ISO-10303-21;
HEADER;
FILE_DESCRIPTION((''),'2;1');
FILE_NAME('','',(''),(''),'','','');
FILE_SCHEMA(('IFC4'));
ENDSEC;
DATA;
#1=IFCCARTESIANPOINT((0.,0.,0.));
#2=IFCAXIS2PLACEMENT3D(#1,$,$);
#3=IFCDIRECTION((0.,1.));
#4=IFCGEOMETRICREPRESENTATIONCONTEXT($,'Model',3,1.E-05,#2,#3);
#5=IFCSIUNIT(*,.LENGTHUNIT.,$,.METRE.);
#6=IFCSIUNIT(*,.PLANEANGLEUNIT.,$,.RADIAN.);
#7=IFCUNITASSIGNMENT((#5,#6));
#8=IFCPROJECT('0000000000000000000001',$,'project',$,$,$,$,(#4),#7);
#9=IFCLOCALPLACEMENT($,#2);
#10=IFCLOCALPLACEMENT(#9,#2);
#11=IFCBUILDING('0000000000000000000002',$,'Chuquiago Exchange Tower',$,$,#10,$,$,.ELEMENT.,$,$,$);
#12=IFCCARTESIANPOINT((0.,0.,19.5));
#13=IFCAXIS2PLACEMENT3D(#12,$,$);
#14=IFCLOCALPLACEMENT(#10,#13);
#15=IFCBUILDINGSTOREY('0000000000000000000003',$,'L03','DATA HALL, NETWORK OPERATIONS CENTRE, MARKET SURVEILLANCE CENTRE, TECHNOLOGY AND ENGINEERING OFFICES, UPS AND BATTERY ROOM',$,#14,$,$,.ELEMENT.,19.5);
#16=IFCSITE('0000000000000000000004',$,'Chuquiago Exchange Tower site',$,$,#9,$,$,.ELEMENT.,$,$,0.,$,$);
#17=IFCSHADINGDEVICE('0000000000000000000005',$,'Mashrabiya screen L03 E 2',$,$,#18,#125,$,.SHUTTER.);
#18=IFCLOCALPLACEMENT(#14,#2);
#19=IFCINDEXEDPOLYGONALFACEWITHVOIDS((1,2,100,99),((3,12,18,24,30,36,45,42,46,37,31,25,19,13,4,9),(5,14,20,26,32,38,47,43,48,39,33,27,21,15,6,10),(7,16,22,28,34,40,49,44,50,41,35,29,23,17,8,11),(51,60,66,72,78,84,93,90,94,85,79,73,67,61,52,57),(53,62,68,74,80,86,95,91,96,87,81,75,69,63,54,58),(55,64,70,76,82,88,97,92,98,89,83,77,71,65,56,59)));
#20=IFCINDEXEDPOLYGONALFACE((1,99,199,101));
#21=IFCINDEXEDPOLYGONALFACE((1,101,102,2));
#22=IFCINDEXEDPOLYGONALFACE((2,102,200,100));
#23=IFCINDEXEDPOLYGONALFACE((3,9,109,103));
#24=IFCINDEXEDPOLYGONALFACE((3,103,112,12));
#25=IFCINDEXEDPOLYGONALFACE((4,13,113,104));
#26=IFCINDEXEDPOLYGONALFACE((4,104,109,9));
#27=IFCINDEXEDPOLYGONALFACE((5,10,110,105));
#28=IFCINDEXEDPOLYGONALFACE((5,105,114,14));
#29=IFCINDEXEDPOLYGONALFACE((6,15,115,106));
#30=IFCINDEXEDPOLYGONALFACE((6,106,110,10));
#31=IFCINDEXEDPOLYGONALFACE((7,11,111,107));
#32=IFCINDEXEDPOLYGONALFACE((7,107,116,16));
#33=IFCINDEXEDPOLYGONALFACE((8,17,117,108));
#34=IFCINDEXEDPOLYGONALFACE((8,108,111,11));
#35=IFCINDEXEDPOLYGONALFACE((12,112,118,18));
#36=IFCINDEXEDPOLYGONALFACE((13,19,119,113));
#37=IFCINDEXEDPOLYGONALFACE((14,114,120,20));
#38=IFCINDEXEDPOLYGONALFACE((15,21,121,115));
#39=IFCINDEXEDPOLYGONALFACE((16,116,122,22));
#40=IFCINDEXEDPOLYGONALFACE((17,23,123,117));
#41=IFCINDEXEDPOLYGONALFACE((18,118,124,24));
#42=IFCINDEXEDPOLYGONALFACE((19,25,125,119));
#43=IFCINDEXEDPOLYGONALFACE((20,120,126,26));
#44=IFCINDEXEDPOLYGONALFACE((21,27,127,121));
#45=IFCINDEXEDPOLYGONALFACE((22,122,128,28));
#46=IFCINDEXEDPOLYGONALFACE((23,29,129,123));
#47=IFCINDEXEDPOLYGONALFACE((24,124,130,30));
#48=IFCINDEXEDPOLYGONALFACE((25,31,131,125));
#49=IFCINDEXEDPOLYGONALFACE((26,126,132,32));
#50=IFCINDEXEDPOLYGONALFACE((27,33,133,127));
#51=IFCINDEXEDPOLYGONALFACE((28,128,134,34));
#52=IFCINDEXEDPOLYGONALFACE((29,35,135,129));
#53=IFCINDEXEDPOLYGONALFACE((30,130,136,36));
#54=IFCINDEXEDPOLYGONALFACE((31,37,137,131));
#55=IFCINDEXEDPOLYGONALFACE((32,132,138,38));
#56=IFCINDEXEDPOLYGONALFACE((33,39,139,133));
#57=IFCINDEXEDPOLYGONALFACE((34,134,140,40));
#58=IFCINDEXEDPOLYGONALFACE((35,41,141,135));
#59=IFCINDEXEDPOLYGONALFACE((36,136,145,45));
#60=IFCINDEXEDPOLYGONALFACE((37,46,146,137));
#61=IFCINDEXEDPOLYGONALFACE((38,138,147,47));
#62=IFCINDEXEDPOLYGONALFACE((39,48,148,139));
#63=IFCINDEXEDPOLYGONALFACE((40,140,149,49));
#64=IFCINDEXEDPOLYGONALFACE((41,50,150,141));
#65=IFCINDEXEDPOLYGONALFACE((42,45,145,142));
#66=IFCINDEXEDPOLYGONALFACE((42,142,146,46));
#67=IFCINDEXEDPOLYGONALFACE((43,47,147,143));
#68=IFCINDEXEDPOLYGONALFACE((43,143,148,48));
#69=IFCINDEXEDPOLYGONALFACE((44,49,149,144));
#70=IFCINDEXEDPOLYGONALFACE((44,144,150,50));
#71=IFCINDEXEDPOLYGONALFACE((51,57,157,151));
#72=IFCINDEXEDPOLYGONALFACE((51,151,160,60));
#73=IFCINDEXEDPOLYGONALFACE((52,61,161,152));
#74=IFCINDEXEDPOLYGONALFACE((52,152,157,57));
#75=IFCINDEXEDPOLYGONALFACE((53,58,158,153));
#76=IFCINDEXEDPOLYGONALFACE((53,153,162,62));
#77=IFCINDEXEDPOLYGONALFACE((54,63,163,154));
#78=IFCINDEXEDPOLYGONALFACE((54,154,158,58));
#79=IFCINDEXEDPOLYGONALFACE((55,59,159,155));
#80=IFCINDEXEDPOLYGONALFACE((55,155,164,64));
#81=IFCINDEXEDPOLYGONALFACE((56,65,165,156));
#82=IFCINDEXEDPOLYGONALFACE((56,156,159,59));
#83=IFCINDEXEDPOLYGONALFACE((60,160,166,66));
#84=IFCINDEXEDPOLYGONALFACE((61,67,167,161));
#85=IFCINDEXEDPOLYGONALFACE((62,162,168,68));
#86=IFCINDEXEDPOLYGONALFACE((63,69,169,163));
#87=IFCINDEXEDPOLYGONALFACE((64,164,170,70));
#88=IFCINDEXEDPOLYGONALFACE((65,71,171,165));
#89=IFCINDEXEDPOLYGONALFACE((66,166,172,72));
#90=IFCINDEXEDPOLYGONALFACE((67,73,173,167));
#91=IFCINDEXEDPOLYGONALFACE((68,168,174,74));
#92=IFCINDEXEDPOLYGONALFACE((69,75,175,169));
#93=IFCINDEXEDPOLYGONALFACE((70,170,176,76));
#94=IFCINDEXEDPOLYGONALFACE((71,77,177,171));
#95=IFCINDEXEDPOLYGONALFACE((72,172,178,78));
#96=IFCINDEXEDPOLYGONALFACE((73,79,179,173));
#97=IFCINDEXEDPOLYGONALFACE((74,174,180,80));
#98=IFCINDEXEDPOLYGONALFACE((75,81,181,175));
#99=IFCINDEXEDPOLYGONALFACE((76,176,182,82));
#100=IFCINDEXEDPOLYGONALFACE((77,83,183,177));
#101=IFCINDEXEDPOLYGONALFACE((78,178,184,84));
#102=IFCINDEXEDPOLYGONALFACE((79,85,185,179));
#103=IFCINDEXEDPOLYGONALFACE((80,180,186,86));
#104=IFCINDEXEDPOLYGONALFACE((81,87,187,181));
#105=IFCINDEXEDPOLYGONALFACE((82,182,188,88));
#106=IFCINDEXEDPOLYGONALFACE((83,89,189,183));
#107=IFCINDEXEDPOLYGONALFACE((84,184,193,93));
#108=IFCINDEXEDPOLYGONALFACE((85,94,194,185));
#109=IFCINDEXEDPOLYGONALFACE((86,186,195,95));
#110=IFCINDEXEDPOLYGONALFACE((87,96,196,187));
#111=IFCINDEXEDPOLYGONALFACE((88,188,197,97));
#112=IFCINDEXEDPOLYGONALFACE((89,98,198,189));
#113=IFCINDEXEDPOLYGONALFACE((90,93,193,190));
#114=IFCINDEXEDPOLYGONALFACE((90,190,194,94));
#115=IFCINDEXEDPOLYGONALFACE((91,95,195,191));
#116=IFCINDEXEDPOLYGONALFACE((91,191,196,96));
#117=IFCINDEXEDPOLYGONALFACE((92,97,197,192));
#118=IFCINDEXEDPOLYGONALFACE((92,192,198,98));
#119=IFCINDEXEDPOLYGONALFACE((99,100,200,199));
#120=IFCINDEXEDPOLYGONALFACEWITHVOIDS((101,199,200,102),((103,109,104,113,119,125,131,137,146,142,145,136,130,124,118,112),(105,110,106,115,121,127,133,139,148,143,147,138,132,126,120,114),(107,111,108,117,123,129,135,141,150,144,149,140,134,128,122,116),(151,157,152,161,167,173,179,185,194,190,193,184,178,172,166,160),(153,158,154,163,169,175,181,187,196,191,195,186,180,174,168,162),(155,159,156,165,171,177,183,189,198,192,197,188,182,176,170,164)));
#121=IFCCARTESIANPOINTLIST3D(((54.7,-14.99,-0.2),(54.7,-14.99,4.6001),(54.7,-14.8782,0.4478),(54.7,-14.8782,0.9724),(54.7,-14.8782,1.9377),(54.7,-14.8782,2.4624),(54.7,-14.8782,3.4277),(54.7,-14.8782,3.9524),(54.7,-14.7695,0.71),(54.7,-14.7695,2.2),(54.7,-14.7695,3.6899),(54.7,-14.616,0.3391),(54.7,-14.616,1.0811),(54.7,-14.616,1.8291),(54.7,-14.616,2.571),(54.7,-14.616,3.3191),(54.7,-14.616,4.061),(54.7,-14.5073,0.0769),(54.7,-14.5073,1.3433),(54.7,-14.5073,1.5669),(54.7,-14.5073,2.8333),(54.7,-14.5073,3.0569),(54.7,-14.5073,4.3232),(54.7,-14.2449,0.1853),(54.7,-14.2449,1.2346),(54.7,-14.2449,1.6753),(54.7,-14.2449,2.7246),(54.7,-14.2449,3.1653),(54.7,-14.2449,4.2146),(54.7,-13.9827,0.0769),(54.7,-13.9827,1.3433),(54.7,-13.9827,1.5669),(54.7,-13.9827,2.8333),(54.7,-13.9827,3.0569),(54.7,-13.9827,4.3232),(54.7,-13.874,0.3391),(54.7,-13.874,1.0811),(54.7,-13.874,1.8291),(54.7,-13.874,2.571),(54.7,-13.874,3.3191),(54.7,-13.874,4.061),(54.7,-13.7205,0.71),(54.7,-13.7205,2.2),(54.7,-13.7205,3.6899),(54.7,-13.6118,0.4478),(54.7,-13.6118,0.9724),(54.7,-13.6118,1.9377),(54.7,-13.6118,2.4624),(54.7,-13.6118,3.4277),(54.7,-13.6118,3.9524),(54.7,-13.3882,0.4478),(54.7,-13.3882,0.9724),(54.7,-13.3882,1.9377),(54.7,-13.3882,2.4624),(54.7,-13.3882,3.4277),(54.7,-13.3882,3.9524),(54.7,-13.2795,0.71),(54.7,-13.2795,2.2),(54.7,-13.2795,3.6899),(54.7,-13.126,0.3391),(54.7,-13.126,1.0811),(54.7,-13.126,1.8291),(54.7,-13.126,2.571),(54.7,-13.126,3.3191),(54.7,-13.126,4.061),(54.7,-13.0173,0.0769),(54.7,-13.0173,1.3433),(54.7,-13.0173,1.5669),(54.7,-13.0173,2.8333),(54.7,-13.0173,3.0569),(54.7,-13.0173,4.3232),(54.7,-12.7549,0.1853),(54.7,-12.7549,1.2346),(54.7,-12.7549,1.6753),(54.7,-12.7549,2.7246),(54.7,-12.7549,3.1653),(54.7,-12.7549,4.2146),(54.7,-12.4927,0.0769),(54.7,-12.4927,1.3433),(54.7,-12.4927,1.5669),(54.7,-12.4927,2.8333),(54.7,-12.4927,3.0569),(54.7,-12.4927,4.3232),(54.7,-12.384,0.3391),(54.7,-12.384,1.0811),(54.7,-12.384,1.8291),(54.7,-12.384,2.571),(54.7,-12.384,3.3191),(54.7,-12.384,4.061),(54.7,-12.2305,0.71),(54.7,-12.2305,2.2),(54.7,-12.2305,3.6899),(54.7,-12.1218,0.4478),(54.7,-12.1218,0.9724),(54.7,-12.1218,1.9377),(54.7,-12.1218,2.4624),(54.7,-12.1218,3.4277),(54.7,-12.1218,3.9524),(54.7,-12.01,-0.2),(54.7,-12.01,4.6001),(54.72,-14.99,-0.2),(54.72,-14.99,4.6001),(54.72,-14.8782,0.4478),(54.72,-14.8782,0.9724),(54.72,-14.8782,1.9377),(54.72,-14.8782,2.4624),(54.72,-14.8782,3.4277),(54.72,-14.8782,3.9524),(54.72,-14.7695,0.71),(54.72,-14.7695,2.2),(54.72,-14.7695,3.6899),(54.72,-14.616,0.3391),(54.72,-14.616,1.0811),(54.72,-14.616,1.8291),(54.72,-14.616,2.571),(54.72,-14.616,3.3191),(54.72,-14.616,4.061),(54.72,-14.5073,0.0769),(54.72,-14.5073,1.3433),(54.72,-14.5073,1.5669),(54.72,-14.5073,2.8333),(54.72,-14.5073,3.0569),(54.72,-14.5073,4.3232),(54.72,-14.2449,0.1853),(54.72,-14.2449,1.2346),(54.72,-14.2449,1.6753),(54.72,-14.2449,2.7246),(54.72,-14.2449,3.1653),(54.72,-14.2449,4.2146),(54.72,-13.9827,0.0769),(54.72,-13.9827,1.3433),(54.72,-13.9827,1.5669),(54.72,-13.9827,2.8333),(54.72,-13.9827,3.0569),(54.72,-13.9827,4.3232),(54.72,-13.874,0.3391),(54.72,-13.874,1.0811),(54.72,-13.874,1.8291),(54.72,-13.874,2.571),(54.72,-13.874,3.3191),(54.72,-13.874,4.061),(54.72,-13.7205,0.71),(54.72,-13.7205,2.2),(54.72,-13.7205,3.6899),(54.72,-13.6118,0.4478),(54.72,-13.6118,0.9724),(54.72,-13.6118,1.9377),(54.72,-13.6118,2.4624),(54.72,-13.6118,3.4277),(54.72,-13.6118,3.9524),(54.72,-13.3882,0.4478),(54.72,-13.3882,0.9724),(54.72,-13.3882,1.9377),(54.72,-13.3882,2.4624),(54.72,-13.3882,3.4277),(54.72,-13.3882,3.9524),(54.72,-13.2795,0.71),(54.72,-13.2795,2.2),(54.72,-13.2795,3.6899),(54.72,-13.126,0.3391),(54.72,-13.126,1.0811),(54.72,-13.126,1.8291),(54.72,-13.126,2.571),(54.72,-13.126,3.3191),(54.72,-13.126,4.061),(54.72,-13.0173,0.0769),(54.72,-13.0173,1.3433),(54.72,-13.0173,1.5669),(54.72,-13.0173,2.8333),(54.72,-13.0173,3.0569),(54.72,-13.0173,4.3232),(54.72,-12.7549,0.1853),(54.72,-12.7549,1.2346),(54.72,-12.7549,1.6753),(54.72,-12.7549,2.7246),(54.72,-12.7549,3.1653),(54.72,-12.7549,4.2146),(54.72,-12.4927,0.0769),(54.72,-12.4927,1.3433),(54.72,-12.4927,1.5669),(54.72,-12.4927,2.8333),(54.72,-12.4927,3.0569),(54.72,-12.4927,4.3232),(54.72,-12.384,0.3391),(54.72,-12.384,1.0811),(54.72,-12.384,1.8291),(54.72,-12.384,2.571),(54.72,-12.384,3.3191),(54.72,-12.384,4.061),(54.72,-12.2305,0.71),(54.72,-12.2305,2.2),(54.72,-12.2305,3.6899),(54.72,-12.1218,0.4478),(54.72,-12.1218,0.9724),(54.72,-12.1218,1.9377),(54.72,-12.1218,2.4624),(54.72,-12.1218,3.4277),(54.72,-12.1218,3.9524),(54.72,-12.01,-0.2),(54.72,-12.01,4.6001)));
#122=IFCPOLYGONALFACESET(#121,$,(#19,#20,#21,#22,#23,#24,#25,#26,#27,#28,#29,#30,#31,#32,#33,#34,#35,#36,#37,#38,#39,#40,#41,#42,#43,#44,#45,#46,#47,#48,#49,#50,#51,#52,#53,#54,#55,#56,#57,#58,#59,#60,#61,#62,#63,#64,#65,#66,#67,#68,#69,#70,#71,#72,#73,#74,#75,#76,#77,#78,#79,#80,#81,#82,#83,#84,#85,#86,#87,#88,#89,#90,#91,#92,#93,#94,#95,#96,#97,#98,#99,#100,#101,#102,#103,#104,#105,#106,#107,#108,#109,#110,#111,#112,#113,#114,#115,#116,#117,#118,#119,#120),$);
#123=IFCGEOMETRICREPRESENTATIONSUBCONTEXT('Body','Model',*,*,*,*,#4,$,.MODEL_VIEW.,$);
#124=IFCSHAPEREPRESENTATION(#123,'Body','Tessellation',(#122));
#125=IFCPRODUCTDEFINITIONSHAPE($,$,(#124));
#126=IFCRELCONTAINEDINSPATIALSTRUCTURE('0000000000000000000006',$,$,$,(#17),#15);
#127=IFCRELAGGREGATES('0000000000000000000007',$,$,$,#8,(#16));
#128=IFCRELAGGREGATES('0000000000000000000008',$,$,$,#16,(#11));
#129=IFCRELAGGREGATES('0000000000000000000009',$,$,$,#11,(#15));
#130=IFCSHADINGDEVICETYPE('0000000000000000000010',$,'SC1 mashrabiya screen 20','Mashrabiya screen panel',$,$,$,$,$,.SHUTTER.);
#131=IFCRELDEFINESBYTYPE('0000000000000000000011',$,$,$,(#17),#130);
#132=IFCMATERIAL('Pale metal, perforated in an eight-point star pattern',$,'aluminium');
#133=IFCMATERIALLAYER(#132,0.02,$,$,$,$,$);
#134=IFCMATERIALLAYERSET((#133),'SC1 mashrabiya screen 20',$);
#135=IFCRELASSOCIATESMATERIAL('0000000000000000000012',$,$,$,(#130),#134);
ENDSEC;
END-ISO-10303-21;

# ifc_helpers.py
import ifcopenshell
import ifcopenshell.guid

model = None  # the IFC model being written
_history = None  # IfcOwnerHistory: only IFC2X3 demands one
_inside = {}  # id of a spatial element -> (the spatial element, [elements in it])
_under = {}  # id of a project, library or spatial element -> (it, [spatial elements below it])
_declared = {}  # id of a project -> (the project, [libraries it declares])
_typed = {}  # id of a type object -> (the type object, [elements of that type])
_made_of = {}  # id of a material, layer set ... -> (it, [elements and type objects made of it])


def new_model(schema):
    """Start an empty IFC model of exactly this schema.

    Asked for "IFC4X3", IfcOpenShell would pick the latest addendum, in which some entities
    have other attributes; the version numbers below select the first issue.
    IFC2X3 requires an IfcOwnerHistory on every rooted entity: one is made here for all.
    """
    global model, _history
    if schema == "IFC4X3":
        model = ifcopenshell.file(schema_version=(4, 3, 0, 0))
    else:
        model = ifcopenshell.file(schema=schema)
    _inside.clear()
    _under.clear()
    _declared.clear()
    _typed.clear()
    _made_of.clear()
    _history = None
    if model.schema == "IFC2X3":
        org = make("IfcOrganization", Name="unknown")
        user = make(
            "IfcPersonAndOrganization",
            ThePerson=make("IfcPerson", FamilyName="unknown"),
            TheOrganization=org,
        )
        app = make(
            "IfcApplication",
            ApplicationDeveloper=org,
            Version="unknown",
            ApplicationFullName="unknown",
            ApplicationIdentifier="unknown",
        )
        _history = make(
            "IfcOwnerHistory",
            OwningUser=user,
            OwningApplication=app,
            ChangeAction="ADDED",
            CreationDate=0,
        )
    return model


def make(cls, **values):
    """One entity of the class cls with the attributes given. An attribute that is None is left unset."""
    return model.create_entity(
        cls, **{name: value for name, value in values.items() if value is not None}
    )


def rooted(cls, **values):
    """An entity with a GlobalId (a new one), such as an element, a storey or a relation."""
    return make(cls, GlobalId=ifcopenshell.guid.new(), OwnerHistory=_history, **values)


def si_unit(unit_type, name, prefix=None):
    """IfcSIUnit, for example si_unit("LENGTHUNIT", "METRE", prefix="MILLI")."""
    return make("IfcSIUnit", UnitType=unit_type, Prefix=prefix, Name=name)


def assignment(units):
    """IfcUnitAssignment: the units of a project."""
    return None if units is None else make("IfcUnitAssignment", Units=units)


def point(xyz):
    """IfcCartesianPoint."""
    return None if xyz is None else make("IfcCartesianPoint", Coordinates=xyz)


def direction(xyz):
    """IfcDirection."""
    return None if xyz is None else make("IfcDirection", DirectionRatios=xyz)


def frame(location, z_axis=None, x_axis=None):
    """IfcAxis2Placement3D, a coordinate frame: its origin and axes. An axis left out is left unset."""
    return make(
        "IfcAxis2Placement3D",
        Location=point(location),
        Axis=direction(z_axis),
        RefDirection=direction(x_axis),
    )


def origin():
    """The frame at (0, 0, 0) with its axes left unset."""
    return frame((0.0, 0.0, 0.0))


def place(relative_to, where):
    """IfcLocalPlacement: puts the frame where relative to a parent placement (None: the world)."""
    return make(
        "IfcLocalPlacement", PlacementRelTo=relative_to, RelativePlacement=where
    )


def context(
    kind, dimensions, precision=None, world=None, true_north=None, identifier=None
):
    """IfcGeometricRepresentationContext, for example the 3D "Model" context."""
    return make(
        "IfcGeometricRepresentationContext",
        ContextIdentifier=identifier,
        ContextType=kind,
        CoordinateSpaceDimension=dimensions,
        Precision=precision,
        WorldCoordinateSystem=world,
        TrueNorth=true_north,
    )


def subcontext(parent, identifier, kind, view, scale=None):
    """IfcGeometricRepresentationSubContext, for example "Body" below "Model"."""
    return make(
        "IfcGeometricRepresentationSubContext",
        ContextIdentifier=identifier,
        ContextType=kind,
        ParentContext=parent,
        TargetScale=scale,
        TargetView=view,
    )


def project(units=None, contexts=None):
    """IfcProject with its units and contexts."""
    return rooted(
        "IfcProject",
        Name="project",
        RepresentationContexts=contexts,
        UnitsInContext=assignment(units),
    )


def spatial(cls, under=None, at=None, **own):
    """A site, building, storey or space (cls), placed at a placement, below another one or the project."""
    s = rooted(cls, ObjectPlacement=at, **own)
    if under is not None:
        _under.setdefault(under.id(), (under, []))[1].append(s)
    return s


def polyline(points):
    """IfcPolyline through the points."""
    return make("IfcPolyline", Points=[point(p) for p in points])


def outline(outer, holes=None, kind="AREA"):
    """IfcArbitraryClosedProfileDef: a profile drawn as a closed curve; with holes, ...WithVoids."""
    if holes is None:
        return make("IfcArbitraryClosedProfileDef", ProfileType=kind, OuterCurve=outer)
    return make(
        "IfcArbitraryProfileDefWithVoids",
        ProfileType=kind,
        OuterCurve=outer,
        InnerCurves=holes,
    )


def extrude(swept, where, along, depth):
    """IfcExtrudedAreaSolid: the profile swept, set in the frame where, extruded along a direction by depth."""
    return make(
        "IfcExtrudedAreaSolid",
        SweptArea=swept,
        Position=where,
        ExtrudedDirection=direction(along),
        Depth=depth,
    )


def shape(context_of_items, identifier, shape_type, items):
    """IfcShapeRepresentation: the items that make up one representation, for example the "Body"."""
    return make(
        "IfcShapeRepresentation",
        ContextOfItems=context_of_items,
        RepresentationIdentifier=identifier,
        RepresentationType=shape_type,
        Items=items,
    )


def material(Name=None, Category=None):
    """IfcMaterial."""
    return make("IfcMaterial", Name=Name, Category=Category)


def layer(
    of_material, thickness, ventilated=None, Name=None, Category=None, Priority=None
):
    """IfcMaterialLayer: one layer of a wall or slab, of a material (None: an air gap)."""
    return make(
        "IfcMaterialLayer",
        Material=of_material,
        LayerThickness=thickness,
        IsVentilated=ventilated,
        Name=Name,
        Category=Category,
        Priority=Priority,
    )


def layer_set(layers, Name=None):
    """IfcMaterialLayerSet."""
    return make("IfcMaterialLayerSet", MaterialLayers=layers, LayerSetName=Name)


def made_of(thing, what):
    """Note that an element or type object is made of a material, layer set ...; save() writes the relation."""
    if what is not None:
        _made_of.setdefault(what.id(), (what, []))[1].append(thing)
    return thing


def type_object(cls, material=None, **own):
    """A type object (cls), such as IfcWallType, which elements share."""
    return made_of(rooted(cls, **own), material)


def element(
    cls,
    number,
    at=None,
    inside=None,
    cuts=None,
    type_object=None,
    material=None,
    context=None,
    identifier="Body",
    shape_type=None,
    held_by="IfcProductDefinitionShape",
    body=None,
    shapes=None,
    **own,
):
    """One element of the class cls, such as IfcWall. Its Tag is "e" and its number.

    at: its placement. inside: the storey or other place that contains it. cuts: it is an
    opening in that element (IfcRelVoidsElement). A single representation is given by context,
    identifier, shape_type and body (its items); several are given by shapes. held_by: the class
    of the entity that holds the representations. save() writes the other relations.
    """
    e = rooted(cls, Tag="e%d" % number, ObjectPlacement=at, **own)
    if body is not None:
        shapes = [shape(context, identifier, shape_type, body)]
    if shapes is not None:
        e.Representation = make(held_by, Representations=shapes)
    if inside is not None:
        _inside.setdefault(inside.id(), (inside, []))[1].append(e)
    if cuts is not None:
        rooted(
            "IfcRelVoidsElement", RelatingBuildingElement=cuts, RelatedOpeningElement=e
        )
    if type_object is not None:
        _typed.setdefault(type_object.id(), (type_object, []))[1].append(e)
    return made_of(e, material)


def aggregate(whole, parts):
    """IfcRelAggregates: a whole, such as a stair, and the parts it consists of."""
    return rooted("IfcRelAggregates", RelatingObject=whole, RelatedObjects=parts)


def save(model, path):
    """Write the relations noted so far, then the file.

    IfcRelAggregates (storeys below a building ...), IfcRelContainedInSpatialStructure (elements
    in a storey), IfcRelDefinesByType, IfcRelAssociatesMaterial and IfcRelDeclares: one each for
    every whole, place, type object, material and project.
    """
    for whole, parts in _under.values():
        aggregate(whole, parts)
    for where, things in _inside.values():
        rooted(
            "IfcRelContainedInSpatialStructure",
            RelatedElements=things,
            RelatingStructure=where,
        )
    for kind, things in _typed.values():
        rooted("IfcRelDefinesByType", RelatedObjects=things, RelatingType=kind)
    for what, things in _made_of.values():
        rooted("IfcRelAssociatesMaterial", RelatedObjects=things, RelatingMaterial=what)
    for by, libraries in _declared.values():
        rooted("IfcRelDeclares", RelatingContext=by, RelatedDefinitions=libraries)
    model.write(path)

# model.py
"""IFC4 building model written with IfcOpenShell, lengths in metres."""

from ifc_helpers import new_model, si_unit, direction, frame, origin, place, context, subcontext, project, spatial, polyline, outline, extrude, material, layer, layer_set, type_object, element, save


model = new_model("IFC4")

# Units and contexts
model_context = context("Model", 3, precision=1e-05, world=origin(), true_north=direction((0.0, 1.0)))
body_context = subcontext(model_context, "Body", "Model", "MODEL_VIEW")
ifc_project = project(units=[si_unit("LENGTHUNIT", "METRE"), si_unit("PLANEANGLEUNIT", "RADIAN")], contexts=[model_context])

# Site, building, storey
site_placement = place(None, origin())
site = spatial("IfcSite", under=ifc_project, at=site_placement, Name="Chuquiago Exchange Tower site", CompositionType="ELEMENT", RefElevation=0.0)
building_placement = place(site_placement, origin())
building = spatial("IfcBuilding", under=site, at=building_placement, Name="Chuquiago Exchange Tower", CompositionType="ELEMENT")
storey_placement = place(building_placement, frame((0.0, 0.0, 19.5)))
storey = spatial("IfcBuildingStorey", under=building, at=storey_placement, Name="L03", Description="DATA HALL, NETWORK OPERATIONS CENTRE, MARKET SURVEILLANCE CENTRE, TECHNOLOGY AND ENGINEERING OFFICES, UPS AND BATTERY ROOM", CompositionType="ELEMENT", Elevation=19.5)

# Shading device
ifc_material_1 = material(Name="Pale metal, perforated in an eight-point star pattern", Category="aluminium")
ifc_layer_1 = layer(ifc_material_1, 0.02)
ifc_layer_set_1 = layer_set([ifc_layer_1], Name="SC1 mashrabiya screen 20")
shading_device_type = type_object("IfcShadingDeviceType", Name="SC1 mashrabiya screen 20", Description="Mashrabiya screen panel", PredefinedType="SHUTTER", material=ifc_layer_set_1)
shading_device_1_placement = place(storey_placement, frame((54.7, -14.99, -0.2), z_axis=(0.0, 0.0, 1.0), x_axis=(0.0, 1.0, 0.0)))
element("IfcShadingDevice", 1, at=shading_device_1_placement, inside=storey, type_object=shading_device_type, Name="Mashrabiya screen L03 E 2", PredefinedType="SHUTTER", context=body_context, shape_type="SweptSolid", body=[
    extrude(outline(polyline([(0.0, 0.0), (2.98, 0.0), (2.98, 4.8), (0.0, 4.8), (0.0, 0.0)]), holes=[polyline([(1.2695, 0.9099), (1.3782, 1.1724), (1.116, 1.281), (1.0073, 1.5432), (0.7451, 1.4346), (0.4827, 1.5432), (0.374, 1.281), (0.1118, 1.1724), (0.2205, 0.9099), (0.1118, 0.6477), (0.374, 0.5391), (0.4827, 0.2769), (0.7451, 0.3853), (1.0073, 0.2769), (1.116, 0.5391), (1.3782, 0.6477), (1.2695, 0.9099)]), polyline([(2.7595, 0.9099), (2.8682, 1.1724), (2.606, 1.281), (2.4973, 1.5432), (2.2351, 1.4346), (1.9727, 1.5432), (1.864, 1.281), (1.6018, 1.1724), (1.7104, 0.9099), (1.6018, 0.6477), (1.864, 0.5391), (1.9727, 0.2769), (2.2351, 0.3853), (2.4973, 0.2769), (2.606, 0.5391), (2.8682, 0.6477), (2.7595, 0.9099)]), polyline([(1.2695, 2.3999), (1.3782, 2.6624), (1.116, 2.771), (1.0073, 3.0332), (0.7451, 2.9246), (0.4827, 3.0332), (0.374, 2.771), (0.1118, 2.6624), (0.2205, 2.3999), (0.1118, 2.1377), (0.374, 2.0291), (0.4827, 1.7668), (0.7451, 1.8752), (1.0073, 1.7668), (1.116, 2.0291), (1.3782, 2.1377), (1.2695, 2.3999)]), polyline([(2.7595, 2.3999), (2.8682, 2.6624), (2.606, 2.771), (2.4973, 3.0332), (2.2351, 2.9246), (1.9727, 3.0332), (1.864, 2.771), (1.6018, 2.6624), (1.7104, 2.3999), (1.6018, 2.1377), (1.864, 2.0291), (1.9727, 1.7668), (2.2351, 1.8752), (2.4973, 1.7668), (2.606, 2.0291), (2.8682, 2.1377), (2.7595, 2.3999)]), polyline([(1.2695, 3.8899), (1.3782, 4.1523), (1.116, 4.261), (1.0073, 4.5232), (0.7451, 4.4146), (0.4827, 4.5232), (0.374, 4.261), (0.1118, 4.1523), (0.2205, 3.8899), (0.1118, 3.6277), (0.374, 3.519), (0.4827, 3.2568), (0.7451, 3.3652), (1.0073, 3.2568), (1.116, 3.519), (1.3782, 3.6277), (1.2695, 3.8899)]), polyline([(2.7595, 3.8899), (2.8682, 4.1523), (2.606, 4.261), (2.4973, 4.5232), (2.2351, 4.4146), (1.9727, 4.5232), (1.864, 4.261), (1.6018, 4.1523), (1.7104, 3.8899), (1.6018, 3.6277), (1.864, 3.519), (1.9727, 3.2568), (2.2351, 3.3652), (2.4973, 3.2568), (2.606, 3.519), (2.8682, 3.6277), (2.7595, 3.8899)])]), frame((0.0, 0.0, 0.0), z_axis=(0.0, -1.0, 0.0), x_axis=(1.0, 0.0, 0.0)), (0.0, 0.0, 1.0), 0.02),
])

save(model, "model.ifc")
